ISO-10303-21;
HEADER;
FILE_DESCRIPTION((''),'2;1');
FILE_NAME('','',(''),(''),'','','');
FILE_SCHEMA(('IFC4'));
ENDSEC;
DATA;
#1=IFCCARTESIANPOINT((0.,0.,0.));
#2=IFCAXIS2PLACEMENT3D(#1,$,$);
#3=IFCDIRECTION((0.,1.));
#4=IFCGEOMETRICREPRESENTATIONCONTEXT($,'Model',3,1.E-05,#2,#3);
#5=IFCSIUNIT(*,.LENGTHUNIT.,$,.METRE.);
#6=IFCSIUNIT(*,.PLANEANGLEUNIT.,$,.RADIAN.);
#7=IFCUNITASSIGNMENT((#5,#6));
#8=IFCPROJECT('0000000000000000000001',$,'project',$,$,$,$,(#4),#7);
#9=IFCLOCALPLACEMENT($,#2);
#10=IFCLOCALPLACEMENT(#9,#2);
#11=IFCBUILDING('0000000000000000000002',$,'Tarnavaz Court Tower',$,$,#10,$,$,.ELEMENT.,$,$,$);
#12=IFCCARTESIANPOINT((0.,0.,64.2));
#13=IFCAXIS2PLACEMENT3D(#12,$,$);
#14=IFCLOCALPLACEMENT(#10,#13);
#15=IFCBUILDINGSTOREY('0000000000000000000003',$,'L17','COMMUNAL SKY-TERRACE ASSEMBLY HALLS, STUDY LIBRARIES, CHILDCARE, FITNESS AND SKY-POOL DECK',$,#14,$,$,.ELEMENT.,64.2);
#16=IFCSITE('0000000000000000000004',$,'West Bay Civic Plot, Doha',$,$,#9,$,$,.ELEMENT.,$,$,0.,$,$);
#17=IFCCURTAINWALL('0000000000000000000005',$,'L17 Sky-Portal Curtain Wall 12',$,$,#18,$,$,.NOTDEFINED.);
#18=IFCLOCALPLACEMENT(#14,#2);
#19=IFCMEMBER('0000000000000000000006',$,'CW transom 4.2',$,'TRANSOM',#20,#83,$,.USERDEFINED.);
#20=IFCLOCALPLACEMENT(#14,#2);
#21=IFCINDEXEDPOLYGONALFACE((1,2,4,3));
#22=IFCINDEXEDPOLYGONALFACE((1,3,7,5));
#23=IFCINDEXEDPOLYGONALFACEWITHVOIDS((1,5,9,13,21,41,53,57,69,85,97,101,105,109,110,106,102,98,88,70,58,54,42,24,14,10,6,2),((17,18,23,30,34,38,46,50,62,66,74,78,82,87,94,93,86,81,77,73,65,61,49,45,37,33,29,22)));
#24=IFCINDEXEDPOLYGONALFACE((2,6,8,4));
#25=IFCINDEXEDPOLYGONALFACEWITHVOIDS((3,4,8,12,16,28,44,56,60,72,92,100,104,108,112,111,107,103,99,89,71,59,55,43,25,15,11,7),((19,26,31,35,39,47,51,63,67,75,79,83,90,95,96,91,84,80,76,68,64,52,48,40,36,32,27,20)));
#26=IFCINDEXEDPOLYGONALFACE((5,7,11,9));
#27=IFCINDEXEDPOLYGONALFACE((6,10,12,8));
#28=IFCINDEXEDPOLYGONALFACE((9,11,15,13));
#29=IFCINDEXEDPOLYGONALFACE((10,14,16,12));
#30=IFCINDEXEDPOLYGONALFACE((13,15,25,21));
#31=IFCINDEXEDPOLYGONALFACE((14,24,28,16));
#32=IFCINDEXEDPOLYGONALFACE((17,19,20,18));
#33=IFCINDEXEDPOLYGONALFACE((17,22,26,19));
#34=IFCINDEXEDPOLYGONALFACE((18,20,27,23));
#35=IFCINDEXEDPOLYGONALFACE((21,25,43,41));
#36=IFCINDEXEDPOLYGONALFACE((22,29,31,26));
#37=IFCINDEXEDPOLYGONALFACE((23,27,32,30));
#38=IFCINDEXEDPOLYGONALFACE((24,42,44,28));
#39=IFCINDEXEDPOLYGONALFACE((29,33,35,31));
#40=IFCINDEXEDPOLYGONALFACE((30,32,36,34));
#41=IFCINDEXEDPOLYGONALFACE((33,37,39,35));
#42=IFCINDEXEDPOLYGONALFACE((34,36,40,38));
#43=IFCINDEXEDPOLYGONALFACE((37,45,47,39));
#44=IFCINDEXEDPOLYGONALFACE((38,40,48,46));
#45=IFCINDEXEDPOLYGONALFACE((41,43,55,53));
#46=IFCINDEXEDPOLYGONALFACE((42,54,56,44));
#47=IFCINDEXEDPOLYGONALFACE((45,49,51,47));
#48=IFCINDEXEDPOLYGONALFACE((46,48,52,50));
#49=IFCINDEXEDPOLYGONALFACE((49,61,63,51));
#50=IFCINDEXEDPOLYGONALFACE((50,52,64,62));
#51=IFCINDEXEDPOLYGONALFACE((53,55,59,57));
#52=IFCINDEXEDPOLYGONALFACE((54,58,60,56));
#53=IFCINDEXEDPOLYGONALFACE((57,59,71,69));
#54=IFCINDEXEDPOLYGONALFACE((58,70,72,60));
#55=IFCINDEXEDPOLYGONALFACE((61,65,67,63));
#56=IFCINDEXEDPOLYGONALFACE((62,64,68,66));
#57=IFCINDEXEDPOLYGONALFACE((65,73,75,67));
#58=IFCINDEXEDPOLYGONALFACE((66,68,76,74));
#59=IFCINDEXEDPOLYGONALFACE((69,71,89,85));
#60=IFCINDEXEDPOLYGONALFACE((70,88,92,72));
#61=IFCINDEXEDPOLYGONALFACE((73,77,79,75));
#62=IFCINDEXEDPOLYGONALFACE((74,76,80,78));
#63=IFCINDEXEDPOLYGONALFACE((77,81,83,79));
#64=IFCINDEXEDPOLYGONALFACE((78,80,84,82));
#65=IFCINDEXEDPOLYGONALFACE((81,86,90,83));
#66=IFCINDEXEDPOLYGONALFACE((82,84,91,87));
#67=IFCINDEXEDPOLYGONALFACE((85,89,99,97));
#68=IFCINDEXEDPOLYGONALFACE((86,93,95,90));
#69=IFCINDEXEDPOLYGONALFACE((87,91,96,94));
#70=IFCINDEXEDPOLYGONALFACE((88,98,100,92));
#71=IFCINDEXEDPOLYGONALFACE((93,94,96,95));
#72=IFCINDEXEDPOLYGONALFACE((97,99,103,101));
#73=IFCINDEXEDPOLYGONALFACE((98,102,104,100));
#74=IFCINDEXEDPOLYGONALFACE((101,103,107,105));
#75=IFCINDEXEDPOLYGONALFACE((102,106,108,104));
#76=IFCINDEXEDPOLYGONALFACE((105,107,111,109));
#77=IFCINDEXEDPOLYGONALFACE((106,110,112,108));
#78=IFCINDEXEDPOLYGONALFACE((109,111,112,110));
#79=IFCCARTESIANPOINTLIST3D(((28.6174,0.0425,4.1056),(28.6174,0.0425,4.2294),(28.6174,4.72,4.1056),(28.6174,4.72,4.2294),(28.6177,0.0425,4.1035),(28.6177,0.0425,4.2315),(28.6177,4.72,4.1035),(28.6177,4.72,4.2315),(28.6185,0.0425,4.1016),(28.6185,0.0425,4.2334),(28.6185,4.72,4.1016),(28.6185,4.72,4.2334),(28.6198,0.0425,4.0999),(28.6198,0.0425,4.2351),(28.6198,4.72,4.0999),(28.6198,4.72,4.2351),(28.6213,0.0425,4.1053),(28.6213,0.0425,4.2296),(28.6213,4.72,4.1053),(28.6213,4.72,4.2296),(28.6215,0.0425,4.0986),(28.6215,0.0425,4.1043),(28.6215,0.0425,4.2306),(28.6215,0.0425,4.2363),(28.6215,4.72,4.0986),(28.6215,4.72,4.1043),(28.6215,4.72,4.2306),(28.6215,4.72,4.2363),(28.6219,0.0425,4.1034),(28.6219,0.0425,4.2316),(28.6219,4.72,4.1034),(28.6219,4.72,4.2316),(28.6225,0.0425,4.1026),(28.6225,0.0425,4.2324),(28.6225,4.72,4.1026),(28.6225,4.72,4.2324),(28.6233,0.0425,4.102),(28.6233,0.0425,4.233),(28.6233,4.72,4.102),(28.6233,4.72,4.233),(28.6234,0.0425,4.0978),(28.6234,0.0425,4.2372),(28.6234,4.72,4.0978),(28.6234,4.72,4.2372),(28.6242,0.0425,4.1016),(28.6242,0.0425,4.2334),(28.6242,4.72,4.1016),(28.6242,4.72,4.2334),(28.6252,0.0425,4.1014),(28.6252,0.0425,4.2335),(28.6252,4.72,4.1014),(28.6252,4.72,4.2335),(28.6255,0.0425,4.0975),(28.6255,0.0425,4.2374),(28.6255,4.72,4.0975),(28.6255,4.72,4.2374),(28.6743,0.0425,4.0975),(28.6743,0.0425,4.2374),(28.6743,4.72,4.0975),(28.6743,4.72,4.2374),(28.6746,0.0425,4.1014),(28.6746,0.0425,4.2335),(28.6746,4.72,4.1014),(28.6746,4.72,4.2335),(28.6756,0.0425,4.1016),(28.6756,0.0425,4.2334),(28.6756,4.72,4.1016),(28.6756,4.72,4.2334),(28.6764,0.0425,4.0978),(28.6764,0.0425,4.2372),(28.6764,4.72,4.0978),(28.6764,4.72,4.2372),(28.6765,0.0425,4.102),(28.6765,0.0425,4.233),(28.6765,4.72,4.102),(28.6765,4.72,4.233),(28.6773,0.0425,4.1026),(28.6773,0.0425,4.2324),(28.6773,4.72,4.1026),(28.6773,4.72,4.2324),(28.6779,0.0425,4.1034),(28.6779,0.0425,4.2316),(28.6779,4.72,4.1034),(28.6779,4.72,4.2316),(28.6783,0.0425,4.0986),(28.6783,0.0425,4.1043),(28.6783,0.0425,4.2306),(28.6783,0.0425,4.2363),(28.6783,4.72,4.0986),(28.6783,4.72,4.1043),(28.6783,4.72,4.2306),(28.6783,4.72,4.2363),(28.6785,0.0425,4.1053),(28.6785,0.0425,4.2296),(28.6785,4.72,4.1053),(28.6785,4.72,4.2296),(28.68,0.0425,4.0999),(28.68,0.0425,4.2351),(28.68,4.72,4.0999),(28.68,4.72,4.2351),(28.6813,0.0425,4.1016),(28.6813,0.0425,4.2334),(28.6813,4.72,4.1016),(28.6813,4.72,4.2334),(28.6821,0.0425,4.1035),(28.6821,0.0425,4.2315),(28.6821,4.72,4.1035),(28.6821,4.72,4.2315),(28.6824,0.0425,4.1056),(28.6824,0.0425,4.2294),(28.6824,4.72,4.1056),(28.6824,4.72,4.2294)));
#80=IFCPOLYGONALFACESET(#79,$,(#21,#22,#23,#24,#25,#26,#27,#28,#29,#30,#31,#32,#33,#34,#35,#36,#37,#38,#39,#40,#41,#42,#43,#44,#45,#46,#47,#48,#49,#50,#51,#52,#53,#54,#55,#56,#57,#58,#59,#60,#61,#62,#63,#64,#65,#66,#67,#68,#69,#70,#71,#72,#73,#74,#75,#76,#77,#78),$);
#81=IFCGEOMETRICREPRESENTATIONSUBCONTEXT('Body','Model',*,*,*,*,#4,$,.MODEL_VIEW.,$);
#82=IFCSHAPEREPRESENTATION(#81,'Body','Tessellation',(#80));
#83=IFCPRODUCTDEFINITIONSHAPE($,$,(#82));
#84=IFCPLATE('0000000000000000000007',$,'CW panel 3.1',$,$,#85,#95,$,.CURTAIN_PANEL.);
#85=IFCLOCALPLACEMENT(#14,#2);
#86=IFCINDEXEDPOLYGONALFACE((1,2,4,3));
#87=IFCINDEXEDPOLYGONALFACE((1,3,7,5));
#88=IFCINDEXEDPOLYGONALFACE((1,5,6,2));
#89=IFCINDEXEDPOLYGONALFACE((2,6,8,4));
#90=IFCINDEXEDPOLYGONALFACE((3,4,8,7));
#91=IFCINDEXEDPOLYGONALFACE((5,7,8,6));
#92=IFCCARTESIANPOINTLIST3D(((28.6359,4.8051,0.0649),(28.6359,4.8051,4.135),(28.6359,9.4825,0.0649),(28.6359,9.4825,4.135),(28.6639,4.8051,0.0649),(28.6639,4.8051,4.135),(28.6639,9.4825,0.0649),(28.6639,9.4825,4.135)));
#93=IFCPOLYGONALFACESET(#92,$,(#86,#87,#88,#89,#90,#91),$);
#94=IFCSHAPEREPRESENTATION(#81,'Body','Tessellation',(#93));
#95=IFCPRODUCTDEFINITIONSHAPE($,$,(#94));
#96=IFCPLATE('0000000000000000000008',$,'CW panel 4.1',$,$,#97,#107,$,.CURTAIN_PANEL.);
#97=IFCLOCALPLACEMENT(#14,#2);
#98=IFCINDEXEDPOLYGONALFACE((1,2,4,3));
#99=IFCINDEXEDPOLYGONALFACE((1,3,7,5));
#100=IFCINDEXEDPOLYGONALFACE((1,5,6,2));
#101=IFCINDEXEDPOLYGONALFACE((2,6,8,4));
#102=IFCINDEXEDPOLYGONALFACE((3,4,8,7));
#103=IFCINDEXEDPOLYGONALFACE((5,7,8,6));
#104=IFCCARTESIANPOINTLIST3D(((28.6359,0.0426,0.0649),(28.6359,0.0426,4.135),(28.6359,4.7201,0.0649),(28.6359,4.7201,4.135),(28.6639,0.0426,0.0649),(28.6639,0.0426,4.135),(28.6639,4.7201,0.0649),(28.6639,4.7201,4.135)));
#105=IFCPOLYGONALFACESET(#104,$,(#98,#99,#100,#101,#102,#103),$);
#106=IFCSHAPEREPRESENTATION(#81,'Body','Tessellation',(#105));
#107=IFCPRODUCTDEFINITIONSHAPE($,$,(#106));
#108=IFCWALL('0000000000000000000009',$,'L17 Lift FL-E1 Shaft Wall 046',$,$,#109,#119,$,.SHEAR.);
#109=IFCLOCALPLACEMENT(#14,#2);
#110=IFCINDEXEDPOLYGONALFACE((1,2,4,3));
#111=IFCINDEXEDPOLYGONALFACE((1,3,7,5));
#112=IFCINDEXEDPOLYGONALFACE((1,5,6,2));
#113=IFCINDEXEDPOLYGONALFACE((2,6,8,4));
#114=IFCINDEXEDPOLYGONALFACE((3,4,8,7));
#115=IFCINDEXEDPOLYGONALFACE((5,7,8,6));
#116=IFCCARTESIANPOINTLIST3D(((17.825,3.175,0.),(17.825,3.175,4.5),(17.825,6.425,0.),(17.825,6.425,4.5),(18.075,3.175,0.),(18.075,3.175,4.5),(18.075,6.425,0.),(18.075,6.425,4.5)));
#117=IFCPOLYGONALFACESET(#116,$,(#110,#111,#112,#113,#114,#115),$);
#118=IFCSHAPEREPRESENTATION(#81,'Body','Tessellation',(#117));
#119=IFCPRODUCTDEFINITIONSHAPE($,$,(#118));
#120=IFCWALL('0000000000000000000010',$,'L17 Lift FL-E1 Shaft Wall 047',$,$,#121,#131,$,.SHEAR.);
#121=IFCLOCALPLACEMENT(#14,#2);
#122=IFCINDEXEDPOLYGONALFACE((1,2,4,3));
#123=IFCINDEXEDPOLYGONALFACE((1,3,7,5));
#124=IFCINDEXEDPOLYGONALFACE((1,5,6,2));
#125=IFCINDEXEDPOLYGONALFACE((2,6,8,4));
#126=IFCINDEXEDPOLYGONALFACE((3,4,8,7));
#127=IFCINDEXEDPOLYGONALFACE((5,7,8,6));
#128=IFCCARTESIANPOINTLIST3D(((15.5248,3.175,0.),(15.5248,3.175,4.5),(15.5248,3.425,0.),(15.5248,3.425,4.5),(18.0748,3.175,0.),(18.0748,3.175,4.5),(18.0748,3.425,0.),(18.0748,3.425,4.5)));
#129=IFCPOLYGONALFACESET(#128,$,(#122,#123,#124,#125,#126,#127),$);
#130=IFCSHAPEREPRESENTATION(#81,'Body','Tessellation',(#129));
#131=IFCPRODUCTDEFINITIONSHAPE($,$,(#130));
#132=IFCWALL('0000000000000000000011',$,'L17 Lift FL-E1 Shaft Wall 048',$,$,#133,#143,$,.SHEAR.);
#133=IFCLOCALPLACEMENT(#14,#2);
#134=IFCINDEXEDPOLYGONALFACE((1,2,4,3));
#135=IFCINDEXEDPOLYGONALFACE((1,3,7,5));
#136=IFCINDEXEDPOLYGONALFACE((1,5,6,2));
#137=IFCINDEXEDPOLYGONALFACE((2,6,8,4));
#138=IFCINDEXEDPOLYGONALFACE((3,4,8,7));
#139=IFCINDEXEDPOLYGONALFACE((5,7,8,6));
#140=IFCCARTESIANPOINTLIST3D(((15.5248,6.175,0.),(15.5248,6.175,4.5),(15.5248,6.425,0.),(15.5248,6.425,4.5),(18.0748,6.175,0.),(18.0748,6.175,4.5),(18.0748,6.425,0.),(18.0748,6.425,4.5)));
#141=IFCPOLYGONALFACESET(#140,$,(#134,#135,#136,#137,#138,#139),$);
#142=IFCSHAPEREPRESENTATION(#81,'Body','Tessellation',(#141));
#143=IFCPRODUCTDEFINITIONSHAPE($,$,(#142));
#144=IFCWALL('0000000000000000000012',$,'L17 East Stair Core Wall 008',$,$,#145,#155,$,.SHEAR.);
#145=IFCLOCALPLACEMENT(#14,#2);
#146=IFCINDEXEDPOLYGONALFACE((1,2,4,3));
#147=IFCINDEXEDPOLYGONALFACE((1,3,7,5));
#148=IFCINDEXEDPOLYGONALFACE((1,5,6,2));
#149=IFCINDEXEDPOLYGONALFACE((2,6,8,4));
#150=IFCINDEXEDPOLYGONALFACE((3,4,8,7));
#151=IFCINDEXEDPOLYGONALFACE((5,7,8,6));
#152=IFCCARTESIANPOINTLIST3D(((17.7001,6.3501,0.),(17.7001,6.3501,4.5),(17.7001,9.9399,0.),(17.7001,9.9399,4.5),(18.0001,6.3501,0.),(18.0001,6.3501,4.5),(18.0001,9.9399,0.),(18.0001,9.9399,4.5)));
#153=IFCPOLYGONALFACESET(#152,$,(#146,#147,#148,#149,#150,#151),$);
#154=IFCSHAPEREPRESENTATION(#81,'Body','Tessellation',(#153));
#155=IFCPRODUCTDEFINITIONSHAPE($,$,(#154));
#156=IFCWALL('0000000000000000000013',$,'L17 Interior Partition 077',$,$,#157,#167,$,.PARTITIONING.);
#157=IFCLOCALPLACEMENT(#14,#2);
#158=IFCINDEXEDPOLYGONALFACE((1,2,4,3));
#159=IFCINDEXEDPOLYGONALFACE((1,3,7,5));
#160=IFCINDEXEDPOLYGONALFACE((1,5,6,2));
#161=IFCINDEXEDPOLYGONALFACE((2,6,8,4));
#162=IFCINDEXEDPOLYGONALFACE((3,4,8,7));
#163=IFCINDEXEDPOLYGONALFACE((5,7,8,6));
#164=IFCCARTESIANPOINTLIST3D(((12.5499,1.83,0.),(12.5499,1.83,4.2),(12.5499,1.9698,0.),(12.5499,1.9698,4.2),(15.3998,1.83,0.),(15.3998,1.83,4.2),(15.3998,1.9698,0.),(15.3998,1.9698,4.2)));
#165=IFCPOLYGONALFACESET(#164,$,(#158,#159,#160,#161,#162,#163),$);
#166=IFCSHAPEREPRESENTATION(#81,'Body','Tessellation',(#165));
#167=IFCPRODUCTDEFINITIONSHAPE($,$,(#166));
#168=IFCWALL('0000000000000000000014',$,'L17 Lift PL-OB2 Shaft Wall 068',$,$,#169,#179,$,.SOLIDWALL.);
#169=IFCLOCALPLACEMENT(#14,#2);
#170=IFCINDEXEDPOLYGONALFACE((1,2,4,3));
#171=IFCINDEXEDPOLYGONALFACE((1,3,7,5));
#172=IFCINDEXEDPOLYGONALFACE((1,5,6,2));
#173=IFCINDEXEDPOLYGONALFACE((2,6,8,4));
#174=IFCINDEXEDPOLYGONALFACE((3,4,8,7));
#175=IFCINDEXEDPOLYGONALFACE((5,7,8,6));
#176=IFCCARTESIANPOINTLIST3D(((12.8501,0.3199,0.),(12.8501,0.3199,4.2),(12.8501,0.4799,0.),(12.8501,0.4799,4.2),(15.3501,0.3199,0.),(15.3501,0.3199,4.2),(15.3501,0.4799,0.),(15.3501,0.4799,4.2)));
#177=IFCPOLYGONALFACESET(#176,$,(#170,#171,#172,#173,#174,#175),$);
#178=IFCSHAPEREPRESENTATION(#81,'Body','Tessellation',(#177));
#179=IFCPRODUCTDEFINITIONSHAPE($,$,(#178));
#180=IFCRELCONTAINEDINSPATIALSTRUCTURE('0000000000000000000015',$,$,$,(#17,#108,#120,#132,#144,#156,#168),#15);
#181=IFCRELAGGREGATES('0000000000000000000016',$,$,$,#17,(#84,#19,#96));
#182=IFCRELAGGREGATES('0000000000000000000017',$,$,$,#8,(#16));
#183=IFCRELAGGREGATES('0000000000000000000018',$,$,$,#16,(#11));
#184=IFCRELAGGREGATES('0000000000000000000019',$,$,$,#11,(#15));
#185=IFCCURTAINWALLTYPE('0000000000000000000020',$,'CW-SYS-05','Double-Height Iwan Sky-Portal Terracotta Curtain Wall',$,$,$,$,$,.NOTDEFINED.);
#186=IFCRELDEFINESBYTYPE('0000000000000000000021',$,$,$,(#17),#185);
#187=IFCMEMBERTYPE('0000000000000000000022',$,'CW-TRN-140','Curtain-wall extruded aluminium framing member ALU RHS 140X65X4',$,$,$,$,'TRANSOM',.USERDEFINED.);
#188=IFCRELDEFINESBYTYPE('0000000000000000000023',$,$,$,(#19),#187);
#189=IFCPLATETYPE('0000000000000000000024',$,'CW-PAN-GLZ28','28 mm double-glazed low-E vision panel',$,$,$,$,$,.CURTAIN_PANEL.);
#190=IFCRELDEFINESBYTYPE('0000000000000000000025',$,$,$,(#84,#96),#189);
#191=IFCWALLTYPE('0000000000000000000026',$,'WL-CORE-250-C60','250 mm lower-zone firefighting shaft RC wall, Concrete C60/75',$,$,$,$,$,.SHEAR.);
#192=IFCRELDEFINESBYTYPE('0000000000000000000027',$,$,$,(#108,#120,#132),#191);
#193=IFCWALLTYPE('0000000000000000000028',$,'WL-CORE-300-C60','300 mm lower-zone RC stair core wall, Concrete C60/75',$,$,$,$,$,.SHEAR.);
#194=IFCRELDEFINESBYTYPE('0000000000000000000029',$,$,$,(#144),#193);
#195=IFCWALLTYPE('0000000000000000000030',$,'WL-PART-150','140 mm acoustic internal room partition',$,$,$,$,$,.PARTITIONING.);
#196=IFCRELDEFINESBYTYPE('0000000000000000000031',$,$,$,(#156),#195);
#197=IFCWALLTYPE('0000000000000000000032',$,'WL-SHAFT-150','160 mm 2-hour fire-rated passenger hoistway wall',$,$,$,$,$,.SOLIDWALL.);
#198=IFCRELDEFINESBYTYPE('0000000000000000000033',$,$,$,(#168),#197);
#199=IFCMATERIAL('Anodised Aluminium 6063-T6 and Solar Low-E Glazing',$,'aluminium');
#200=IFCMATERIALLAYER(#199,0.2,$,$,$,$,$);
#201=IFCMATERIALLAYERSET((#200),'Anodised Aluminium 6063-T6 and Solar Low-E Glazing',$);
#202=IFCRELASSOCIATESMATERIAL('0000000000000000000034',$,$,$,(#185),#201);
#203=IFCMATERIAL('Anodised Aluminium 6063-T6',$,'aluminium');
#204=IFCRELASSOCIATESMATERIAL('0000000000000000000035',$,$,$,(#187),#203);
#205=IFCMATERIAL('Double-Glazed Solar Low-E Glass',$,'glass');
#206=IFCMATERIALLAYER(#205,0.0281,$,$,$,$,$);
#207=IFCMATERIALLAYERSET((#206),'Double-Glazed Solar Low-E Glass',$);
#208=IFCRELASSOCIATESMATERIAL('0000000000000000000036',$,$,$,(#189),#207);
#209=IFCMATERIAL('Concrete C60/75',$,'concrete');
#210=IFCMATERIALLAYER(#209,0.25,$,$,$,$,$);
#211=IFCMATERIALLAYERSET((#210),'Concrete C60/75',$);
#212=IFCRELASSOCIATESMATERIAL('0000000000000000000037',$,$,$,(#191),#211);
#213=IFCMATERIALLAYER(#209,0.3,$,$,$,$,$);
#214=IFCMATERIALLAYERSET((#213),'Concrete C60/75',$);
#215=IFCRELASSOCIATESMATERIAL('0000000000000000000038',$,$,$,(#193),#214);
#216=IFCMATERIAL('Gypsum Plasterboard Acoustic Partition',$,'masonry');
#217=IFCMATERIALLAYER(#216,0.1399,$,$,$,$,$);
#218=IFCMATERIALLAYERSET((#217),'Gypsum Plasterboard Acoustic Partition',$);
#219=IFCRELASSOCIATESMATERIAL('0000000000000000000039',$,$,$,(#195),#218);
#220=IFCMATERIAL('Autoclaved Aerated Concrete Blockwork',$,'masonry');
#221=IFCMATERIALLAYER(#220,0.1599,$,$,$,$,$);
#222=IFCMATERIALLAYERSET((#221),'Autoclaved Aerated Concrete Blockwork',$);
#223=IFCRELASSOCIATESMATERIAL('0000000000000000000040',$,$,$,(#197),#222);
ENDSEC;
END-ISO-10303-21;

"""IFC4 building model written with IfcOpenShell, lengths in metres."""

from ifc_helpers import new_model, si_unit, direction, frame, frame_2d, origin, origin_2d, place, context, subcontext, project, spatial, rectangle, hollow_rectangle, extrude, material, layer, layer_set, material_profile, profile_set, type_object, element, aggregate, save


model = new_model("IFC4")

# Units and contexts
model_context = context("Model", 3, precision=1e-05, world=origin(), true_north=direction((0.0, 1.0)))
body_context = subcontext(model_context, "Body", "Model", "MODEL_VIEW")
ifc_project = project(units=[si_unit("LENGTHUNIT", "METRE"), si_unit("PLANEANGLEUNIT", "RADIAN")], contexts=[model_context])

# Site, building, storey
site_placement = place(None, origin())
site = spatial("IfcSite", under=ifc_project, at=site_placement, Name="West Bay Civic Plot, Doha", CompositionType="ELEMENT", RefElevation=0.0)
building_placement = place(site_placement, origin())
building = spatial("IfcBuilding", under=site, at=building_placement, Name="Tarnavaz Court Tower", CompositionType="ELEMENT")
storey_placement = place(building_placement, frame((0.0, 0.0, 64.2)))
storey = spatial("IfcBuildingStorey", under=building, at=storey_placement, Name="L17", Description="COMMUNAL SKY-TERRACE ASSEMBLY HALLS, STUDY LIBRARIES, CHILDCARE, FITNESS AND SKY-POOL DECK", CompositionType="ELEMENT", Elevation=64.2)

# Shared definitions
ifc_material_1 = material(Name="Concrete C60/75", Category="concrete")

# Curtain wall, member, plates
ifc_material_2 = material(Name="Anodised Aluminium 6063-T6 and Solar Low-E Glazing", Category="aluminium")
ifc_layer_1 = layer(ifc_material_2, 0.2)
ifc_layer_set_1 = layer_set([ifc_layer_1], Name="Anodised Aluminium 6063-T6 and Solar Low-E Glazing")
curtain_wall_type = type_object("IfcCurtainWallType", Name="CW-SYS-05", Description="Double-Height Iwan Sky-Portal Terracotta Curtain Wall", PredefinedType="NOTDEFINED", material=ifc_layer_set_1)
curtain_wall_placement = place(storey_placement, origin())
curtain_wall = element("IfcCurtainWall", 1, at=curtain_wall_placement, inside=storey, type_object=curtain_wall_type, Name="L17 Sky-Portal Curtain Wall 12", PredefinedType="NOTDEFINED")
ifc_material_3 = material(Name="Anodised Aluminium 6063-T6", Category="aluminium")
ifc_material_profile_1 = material_profile(ifc_material_3, hollow_rectangle(XDim=0.0649, YDim=0.1399, WallThickness=0.0039, InnerFilletRadius=0.0039, OuterFilletRadius=0.0081, at=origin_2d()), Name="ALU RHS 140X65X4")
ifc_profile_set_1 = profile_set([ifc_material_profile_1], Name="Anodised Aluminium 6063-T6")
member_type_1 = type_object("IfcMemberType", Name="CW-TRN-140", Description="Curtain-wall extruded aluminium framing member ALU RHS 140X65X4", ElementType="TRANSOM", PredefinedType="USERDEFINED", material=ifc_profile_set_1)
member_1_placement = place(storey_placement, frame((28.6499, 4.72, 4.1675), z_axis=(0.0, -1.0, 0.0), x_axis=(1.0, 0.0, 0.0)))
member_1 = element("IfcMember", 2, at=member_1_placement, type_object=member_type_1, Name="CW transom 4.2", ObjectType="TRANSOM", PredefinedType="USERDEFINED", context=body_context, shape_type="SweptSolid", body=[
    extrude(hollow_rectangle(XDim=0.0649, YDim=0.1399, WallThickness=0.0039, InnerFilletRadius=0.0039, OuterFilletRadius=0.0081, at=origin_2d()), origin(), (0.0, 0.0, 1.0), 4.6775),
])
ifc_material_4 = material(Name="Double-Glazed Solar Low-E Glass", Category="glass")
ifc_layer_2 = layer(ifc_material_4, 0.0281)
ifc_layer_set_2 = layer_set([ifc_layer_2], Name="Double-Glazed Solar Low-E Glass")
plate_type = type_object("IfcPlateType", Name="CW-PAN-GLZ28", Description="28 mm double-glazed low-E vision panel", PredefinedType="CURTAIN_PANEL", material=ifc_layer_set_2)
plate_1_placement = place(storey_placement, frame((28.6499, 7.1438, 0.0649), z_axis=(0.0, 0.0, 1.0), x_axis=(0.0, -1.0, 0.0)))
plate_1 = element("IfcPlate", 3, at=plate_1_placement, type_object=plate_type, Name="CW panel 3.1", PredefinedType="CURTAIN_PANEL", context=body_context, shape_type="SweptSolid", body=[
    extrude(rectangle(XDim=4.6775, YDim=0.0281, at=origin_2d()), origin(), (0.0, 0.0, 1.0), 4.0701),
])
plate_2_placement = place(storey_placement, frame((28.6499, 2.3813, 0.0649), z_axis=(0.0, 0.0, 1.0), x_axis=(0.0, -1.0, 0.0)))
plate_2 = element("IfcPlate", 4, at=plate_2_placement, type_object=plate_type, Name="CW panel 4.1", PredefinedType="CURTAIN_PANEL", context=body_context, shape_type="SweptSolid", body=[
    extrude(rectangle(XDim=4.6775, YDim=0.0281, at=origin_2d()), origin(), (0.0, 0.0, 1.0), 4.0701),
])
aggregate(curtain_wall, [plate_1, member_1, plate_2])

# Shared definitions
ifc_layer_3 = layer(ifc_material_1, 0.25)
ifc_layer_set_3 = layer_set([ifc_layer_3], Name="Concrete C60/75")
wall_type_1 = type_object("IfcWallType", Name="WL-CORE-250-C60", Description="250 mm lower-zone firefighting shaft RC wall, Concrete C60/75", PredefinedType="SHEAR", material=ifc_layer_set_3)

# Walls
wall_1_placement = place(storey_placement, frame((17.95, 3.175, 0.0), z_axis=(0.0, 0.0, 1.0), x_axis=(0.0, 1.0, 0.0)))
element("IfcWall", 5, at=wall_1_placement, inside=storey, type_object=wall_type_1, Name="L17 Lift FL-E1 Shaft Wall 046", PredefinedType="SHEAR", context=body_context, shape_type="SweptSolid", body=[
    extrude(rectangle(XDim=3.25, YDim=0.25, at=frame_2d((1.625, 0.0))), origin(), (0.0, 0.0, 1.0), 4.5),
])
for number, where, z_axis, x_axis, name in (
    (6, (15.5249, 3.3, 0.0), (0.0, 0.0, 1.0), (1.0, 0.0, 0.0), "L17 Lift FL-E1 Shaft Wall 047"),
    (7, (15.5249, 6.3, 0.0), (0.0, 0.0, 1.0), (1.0, 0.0, 0.0), "L17 Lift FL-E1 Shaft Wall 048"),
):
    element("IfcWall", number, at=place(storey_placement, frame(where, z_axis=z_axis, x_axis=x_axis)), inside=storey, type_object=wall_type_1, Name=name, PredefinedType="SHEAR", context=body_context, shape_type="SweptSolid", body=[
        extrude(rectangle(XDim=2.55, YDim=0.25, at=frame_2d((1.2749, 0.0))), origin(), (0.0, 0.0, 1.0), 4.5),
    ])
ifc_layer_4 = layer(ifc_material_1, 0.3)
ifc_layer_set_4 = layer_set([ifc_layer_4], Name="Concrete C60/75")
wall_type_2 = type_object("IfcWallType", Name="WL-CORE-300-C60", Description="300 mm lower-zone RC stair core wall, Concrete C60/75", PredefinedType="SHEAR", material=ifc_layer_set_4)
wall_2_placement = place(storey_placement, frame((17.8501, 6.3501, 0.0), z_axis=(0.0, 0.0, 1.0), x_axis=(0.0, 1.0, 0.0)))
element("IfcWall", 8, at=wall_2_placement, inside=storey, type_object=wall_type_2, Name="L17 East Stair Core Wall 008", PredefinedType="SHEAR", context=body_context, shape_type="SweptSolid", body=[
    extrude(rectangle(XDim=3.5898, YDim=0.3, at=frame_2d((1.7949, 0.0))), origin(), (0.0, 0.0, 1.0), 4.5),
])
ifc_material_5 = material(Name="Gypsum Plasterboard Acoustic Partition", Category="masonry")
ifc_layer_5 = layer(ifc_material_5, 0.1399)
ifc_layer_set_5 = layer_set([ifc_layer_5], Name="Gypsum Plasterboard Acoustic Partition")
wall_type_3 = type_object("IfcWallType", Name="WL-PART-150", Description="140 mm acoustic internal room partition", PredefinedType="PARTITIONING", material=ifc_layer_set_5)
wall_3_placement = place(storey_placement, frame((12.55, 1.8999, 0.0), z_axis=(0.0, 0.0, 1.0), x_axis=(1.0, 0.0, 0.0)))
element("IfcWall", 9, at=wall_3_placement, inside=storey, type_object=wall_type_3, Name="L17 Interior Partition 077", PredefinedType="PARTITIONING", context=body_context, shape_type="SweptSolid", body=[
    extrude(rectangle(XDim=2.8499, YDim=0.1399, at=frame_2d((1.4248, 0.0))), origin(), (0.0, 0.0, 1.0), 4.2),
])
ifc_material_6 = material(Name="Autoclaved Aerated Concrete Blockwork", Category="masonry")
ifc_layer_6 = layer(ifc_material_6, 0.1599)
ifc_layer_set_6 = layer_set([ifc_layer_6], Name="Autoclaved Aerated Concrete Blockwork")
wall_type_4 = type_object("IfcWallType", Name="WL-SHAFT-150", Description="160 mm 2-hour fire-rated passenger hoistway wall", PredefinedType="SOLIDWALL", material=ifc_layer_set_6)
wall_4_placement = place(storey_placement, frame((12.8501, 0.3999, 0.0), z_axis=(0.0, 0.0, 1.0), x_axis=(1.0, 0.0, 0.0)))
element("IfcWall", 10, at=wall_4_placement, inside=storey, type_object=wall_type_4, Name="L17 Lift PL-OB2 Shaft Wall 068", PredefinedType="SOLIDWALL", context=body_context, shape_type="SweptSolid", body=[
    extrude(rectangle(XDim=2.5, YDim=0.1599, at=frame_2d((1.25, 0.0))), origin(), (0.0, 0.0, 1.0), 4.2),
])

save(model, "model.ifc")
